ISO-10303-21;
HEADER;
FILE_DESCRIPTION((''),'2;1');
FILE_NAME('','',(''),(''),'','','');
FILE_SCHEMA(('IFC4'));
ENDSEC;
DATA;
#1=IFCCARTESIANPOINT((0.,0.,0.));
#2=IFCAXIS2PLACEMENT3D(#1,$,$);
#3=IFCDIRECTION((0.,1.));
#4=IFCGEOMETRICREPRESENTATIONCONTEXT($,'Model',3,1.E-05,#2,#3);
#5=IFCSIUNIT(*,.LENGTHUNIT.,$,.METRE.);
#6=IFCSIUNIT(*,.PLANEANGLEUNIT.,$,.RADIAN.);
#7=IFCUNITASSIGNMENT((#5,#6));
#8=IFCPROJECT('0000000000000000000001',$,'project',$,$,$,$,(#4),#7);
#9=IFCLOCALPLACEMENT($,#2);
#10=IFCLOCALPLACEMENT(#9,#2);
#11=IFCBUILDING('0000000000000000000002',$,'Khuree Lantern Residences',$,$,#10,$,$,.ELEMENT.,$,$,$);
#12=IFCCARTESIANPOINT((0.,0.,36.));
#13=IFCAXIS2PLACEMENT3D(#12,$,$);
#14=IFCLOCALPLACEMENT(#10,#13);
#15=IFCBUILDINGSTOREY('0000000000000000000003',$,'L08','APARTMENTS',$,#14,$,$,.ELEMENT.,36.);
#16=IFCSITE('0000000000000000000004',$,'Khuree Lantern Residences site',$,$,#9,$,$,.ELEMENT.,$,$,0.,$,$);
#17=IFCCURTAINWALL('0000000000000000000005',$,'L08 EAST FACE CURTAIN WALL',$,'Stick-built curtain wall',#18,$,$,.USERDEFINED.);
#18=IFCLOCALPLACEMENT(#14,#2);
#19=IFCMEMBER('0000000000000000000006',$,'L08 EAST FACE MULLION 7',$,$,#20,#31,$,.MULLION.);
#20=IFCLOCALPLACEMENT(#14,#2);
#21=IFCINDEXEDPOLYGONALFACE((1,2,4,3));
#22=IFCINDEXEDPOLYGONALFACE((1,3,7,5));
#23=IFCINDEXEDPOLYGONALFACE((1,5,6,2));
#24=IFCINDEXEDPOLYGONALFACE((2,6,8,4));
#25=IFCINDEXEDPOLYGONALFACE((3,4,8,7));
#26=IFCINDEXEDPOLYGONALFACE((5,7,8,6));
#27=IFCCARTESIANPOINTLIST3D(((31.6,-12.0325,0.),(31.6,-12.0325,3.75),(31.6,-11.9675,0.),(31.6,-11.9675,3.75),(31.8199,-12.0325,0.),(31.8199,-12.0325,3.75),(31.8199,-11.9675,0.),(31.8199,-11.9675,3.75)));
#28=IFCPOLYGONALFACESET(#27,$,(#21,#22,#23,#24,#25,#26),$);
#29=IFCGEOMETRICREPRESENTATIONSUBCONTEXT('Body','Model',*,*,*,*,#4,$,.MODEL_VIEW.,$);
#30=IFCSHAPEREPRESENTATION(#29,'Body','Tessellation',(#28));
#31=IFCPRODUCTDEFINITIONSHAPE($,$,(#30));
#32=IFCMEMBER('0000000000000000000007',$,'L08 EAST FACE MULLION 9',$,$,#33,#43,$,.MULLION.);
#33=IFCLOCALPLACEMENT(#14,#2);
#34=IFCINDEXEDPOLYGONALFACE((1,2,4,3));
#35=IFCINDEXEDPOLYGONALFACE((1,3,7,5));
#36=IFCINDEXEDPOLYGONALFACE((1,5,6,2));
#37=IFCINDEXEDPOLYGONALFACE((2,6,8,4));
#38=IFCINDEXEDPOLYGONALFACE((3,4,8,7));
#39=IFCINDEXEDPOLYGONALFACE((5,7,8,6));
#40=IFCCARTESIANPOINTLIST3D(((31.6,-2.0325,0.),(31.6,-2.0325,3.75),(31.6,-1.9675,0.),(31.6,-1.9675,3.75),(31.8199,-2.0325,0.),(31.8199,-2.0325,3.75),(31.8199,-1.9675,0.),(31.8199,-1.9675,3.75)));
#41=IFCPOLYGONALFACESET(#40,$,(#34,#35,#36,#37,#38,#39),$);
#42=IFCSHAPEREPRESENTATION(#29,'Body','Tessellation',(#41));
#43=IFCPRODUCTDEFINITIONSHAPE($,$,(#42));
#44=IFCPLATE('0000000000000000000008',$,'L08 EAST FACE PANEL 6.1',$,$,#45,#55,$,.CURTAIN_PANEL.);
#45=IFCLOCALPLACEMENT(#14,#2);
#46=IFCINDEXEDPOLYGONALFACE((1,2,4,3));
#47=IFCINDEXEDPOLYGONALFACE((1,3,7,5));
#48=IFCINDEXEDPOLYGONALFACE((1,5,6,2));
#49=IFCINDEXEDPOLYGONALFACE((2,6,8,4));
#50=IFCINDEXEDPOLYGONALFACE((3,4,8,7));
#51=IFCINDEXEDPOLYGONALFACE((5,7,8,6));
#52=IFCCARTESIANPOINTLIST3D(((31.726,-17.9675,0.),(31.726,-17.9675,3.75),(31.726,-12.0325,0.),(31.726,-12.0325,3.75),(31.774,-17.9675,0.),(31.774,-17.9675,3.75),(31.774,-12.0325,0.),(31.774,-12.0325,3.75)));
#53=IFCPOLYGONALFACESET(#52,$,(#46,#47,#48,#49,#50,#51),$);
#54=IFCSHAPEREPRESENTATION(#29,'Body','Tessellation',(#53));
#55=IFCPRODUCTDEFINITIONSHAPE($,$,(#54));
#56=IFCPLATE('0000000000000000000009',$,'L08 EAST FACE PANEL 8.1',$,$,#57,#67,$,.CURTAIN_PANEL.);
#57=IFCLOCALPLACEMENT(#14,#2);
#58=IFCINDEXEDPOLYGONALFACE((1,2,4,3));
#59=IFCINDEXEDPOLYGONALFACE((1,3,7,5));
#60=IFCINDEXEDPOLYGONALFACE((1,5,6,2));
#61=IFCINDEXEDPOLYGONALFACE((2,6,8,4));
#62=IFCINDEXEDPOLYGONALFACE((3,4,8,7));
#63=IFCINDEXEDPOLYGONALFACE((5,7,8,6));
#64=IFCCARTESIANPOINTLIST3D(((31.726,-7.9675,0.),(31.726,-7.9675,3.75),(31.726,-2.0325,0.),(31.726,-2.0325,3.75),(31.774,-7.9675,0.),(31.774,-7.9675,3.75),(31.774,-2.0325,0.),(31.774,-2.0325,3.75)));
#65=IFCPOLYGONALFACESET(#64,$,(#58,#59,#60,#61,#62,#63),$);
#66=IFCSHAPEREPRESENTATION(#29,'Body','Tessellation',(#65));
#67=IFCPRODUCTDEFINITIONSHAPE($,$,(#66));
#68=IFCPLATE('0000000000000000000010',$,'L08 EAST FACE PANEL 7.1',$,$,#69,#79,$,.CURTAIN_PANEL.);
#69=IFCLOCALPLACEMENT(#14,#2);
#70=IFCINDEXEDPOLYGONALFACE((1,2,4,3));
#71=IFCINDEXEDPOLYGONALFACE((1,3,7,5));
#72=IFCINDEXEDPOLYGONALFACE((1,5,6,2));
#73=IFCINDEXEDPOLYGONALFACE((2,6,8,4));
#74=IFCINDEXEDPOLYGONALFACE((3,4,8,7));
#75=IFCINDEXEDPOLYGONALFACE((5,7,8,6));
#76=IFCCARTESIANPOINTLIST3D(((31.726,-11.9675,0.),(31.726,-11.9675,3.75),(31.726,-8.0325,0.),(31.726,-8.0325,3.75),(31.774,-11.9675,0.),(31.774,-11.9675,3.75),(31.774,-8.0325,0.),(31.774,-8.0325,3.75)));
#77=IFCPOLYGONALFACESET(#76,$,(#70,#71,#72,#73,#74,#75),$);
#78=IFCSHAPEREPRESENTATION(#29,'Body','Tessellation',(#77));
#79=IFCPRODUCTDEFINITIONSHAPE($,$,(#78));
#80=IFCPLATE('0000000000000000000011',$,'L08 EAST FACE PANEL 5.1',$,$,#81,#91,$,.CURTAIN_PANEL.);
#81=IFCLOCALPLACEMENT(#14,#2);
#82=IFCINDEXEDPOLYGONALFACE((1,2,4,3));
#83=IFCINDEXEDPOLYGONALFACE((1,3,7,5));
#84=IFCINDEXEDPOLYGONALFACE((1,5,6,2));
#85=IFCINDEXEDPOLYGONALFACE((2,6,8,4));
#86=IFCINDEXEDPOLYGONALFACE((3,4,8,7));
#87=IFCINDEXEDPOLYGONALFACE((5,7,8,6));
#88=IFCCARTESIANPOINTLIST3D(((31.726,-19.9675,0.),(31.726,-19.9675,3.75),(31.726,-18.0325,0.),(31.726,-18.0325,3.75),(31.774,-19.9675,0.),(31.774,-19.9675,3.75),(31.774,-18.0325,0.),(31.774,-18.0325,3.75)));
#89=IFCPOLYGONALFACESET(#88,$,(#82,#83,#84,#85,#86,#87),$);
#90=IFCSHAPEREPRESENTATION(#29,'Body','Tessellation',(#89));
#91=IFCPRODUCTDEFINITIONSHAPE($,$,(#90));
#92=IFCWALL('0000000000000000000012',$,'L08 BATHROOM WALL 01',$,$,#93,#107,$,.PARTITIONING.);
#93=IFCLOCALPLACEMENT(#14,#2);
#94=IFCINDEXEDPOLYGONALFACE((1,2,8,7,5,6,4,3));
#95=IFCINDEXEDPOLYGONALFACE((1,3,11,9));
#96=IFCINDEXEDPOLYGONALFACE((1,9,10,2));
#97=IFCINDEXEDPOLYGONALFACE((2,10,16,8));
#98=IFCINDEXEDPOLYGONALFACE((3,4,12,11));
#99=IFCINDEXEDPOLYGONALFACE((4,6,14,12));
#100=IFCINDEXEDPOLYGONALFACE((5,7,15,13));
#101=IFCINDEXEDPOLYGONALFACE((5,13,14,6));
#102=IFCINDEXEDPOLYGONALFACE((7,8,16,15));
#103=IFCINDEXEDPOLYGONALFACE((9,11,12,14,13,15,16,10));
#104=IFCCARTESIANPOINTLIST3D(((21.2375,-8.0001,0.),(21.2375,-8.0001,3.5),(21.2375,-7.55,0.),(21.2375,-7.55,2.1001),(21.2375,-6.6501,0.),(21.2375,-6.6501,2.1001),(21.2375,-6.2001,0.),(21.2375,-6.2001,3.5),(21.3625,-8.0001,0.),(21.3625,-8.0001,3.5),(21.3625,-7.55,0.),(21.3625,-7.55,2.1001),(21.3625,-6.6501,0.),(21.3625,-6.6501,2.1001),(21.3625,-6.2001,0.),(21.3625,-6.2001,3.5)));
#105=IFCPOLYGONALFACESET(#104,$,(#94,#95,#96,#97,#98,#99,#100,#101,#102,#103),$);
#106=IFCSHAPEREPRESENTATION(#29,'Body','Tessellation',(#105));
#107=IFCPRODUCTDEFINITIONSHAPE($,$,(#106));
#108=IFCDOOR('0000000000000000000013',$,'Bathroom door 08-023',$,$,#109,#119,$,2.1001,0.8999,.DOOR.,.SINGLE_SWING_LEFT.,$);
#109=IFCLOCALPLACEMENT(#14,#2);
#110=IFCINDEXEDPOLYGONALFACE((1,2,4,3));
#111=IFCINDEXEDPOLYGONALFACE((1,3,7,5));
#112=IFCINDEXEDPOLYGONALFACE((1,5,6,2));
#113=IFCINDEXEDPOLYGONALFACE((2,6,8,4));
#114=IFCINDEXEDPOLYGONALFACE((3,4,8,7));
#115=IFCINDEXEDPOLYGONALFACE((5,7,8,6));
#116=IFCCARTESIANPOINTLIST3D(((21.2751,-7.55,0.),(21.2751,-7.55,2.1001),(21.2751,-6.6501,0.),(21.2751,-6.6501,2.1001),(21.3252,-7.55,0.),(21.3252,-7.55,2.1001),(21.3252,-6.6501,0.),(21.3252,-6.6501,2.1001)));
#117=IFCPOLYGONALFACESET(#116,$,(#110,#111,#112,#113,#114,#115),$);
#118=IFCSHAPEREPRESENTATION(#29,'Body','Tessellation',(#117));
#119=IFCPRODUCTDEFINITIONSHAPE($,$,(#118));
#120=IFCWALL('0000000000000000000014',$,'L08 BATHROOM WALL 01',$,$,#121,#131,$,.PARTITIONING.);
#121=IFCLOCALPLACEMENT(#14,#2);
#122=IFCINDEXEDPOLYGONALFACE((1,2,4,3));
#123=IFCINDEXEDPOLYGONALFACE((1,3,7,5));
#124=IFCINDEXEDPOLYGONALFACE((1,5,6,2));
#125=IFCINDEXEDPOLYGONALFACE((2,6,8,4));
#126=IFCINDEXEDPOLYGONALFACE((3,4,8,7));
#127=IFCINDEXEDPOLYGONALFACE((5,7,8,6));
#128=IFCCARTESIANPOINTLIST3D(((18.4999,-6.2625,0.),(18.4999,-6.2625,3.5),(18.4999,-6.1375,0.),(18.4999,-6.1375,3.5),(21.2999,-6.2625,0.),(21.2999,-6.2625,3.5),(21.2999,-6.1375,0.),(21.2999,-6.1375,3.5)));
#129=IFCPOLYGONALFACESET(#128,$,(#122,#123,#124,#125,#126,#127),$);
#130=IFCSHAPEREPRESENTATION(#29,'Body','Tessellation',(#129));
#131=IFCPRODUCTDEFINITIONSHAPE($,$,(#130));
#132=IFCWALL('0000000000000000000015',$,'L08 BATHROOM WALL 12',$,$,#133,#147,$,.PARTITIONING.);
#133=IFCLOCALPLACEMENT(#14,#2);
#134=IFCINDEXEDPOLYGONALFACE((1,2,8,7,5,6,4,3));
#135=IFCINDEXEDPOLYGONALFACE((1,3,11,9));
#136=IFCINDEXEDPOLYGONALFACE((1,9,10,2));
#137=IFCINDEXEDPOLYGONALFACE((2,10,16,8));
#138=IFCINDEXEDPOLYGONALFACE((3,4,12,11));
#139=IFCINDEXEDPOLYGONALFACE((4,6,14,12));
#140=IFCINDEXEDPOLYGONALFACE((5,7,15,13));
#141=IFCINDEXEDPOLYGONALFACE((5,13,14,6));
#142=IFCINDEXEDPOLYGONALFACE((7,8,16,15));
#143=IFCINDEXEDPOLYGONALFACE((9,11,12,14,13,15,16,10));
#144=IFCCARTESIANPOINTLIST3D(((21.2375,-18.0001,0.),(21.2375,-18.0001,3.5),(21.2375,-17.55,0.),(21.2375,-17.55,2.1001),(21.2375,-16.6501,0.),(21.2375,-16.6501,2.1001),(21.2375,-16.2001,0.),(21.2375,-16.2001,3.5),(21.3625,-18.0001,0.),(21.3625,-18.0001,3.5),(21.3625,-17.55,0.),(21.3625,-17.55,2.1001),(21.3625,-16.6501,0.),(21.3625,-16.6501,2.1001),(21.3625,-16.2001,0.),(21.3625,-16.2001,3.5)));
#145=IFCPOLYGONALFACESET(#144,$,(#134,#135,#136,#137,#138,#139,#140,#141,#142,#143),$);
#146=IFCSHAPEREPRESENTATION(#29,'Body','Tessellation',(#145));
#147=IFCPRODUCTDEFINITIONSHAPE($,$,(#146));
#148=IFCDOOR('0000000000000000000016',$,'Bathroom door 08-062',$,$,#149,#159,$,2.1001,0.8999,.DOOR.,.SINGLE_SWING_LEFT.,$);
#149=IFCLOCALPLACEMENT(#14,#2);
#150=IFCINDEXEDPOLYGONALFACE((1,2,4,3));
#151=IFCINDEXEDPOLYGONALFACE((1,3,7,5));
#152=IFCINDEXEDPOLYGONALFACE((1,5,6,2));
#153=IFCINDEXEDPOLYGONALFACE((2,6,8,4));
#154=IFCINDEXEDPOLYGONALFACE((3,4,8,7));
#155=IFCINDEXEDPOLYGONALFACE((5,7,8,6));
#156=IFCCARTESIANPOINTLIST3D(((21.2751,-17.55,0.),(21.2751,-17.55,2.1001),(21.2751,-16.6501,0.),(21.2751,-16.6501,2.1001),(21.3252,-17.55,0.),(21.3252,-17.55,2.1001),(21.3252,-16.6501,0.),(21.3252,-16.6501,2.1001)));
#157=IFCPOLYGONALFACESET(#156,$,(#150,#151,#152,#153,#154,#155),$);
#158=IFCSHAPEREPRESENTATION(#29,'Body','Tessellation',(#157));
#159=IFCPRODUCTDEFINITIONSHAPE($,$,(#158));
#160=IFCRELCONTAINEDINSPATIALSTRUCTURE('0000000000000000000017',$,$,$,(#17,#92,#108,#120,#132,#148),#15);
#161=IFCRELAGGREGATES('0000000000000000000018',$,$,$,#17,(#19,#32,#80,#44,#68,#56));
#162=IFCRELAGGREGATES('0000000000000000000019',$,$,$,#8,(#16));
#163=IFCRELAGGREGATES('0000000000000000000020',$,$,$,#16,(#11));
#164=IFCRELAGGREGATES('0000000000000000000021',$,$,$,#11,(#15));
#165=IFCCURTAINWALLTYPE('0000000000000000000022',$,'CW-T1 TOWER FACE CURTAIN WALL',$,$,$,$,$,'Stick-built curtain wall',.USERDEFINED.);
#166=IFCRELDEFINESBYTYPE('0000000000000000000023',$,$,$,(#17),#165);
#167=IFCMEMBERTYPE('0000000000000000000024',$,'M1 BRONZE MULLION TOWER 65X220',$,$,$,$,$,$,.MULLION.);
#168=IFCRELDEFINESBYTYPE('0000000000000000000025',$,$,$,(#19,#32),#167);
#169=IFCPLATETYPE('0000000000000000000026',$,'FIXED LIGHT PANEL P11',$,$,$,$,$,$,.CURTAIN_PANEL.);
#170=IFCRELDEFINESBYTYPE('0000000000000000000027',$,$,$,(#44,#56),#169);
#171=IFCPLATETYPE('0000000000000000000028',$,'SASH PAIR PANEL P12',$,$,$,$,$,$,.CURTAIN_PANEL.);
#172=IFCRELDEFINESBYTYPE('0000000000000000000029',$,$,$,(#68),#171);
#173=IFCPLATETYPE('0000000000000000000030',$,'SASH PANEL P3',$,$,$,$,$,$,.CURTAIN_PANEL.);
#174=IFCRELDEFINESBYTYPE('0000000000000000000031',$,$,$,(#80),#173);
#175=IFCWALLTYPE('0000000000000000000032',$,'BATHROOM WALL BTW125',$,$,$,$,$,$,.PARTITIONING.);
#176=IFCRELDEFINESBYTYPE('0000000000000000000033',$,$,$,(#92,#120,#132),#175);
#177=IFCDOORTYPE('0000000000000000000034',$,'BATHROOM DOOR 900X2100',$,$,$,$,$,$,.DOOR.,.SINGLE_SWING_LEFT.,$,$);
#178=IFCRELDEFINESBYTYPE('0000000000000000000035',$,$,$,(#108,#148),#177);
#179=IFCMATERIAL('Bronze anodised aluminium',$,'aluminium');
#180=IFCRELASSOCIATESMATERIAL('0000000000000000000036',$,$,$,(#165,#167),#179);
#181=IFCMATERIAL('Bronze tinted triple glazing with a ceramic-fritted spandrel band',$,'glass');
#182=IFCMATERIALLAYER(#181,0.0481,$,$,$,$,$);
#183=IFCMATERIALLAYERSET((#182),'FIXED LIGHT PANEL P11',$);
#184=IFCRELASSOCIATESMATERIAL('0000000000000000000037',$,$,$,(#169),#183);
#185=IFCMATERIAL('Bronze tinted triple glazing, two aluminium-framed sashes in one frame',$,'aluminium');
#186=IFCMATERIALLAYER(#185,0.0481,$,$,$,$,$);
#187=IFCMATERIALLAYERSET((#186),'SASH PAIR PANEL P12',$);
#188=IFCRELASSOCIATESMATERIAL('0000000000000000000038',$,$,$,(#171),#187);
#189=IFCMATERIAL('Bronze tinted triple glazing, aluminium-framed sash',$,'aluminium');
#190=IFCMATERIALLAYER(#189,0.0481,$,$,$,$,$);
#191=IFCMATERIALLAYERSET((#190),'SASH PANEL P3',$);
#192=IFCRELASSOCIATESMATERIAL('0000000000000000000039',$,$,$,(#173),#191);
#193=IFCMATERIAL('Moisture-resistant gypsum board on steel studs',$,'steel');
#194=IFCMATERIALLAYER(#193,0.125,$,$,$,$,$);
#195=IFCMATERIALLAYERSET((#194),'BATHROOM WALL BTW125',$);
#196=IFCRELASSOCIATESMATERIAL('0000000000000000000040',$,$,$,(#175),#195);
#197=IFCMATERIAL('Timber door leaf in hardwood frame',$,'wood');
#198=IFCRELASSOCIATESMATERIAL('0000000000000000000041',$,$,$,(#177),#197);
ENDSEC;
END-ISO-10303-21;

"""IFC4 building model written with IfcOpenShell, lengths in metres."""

from ifc_helpers import new_model, si_unit, direction, frame, frame_2d, origin, origin_2d, place, context, subcontext, project, spatial, rectangle, extrude, material, layer, layer_set, material_profile, profile_set, type_object, element, fill, aggregate, save


model = new_model("IFC4")

# Units and contexts
model_context = context("Model", 3, precision=1e-05, world=origin(), true_north=direction((0.0, 1.0)))
body_context = subcontext(model_context, "Body", "Model", "MODEL_VIEW")
ifc_project = project(units=[si_unit("LENGTHUNIT", "METRE"), si_unit("PLANEANGLEUNIT", "RADIAN")], contexts=[model_context])

# Site, building, storey
site_placement = place(None, origin())
site = spatial("IfcSite", under=ifc_project, at=site_placement, Name="Khuree Lantern Residences site", CompositionType="ELEMENT", RefElevation=0.0)
building_placement = place(site_placement, origin())
building = spatial("IfcBuilding", under=site, at=building_placement, Name="Khuree Lantern Residences", CompositionType="ELEMENT")
storey_placement = place(building_placement, frame((0.0, 0.0, 36.0)))
storey = spatial("IfcBuildingStorey", under=building, at=storey_placement, Name="L08", Description="APARTMENTS", CompositionType="ELEMENT", Elevation=36.0)

# Curtain wall
ifc_material_1 = material(Name="Bronze anodised aluminium", Category="aluminium")
curtain_wall_type = type_object("IfcCurtainWallType", Name="CW-T1 TOWER FACE CURTAIN WALL", ElementType="Stick-built curtain wall", PredefinedType="USERDEFINED", material=ifc_material_1)
curtain_wall_placement = place(storey_placement, origin())
curtain_wall = element("IfcCurtainWall", 1, at=curtain_wall_placement, inside=storey, type_object=curtain_wall_type, Name="L08 EAST FACE CURTAIN WALL", ObjectType="Stick-built curtain wall", PredefinedType="USERDEFINED")

# Members
ifc_material_profile_1 = material_profile(ifc_material_1, rectangle(XDim=0.0649, YDim=0.22, at=origin_2d()), Name="M1 65X220")
ifc_profile_set_1 = profile_set([ifc_material_profile_1], Name="Bronze anodised aluminium")
member_type_1 = type_object("IfcMemberType", Name="M1 BRONZE MULLION TOWER 65X220", PredefinedType="MULLION", material=ifc_profile_set_1)
member_1_placement = place(storey_placement, frame((31.71, -12.0, 0.0), z_axis=(0.0, 0.0, 1.0), x_axis=(0.0, 1.0, 0.0)))
member_1 = element("IfcMember", 2, at=member_1_placement, type_object=member_type_1, Name="L08 EAST FACE MULLION 7", PredefinedType="MULLION", context=body_context, shape_type="SweptSolid", body=[
    extrude(rectangle(XDim=0.0649, YDim=0.22, at=origin_2d()), origin(), (0.0, 0.0, 1.0), 3.75),
])
member_2_placement = place(storey_placement, frame((31.71, -2.0, 0.0), z_axis=(0.0, 0.0, 1.0), x_axis=(0.0, 1.0, 0.0)))
member_2 = element("IfcMember", 3, at=member_2_placement, type_object=member_type_1, Name="L08 EAST FACE MULLION 9", PredefinedType="MULLION", context=body_context, shape_type="SweptSolid", body=[
    extrude(rectangle(XDim=0.0649, YDim=0.22, at=origin_2d()), origin(), (0.0, 0.0, 1.0), 3.75),
])

# Plates
ifc_material_2 = material(Name="Bronze tinted triple glazing with a ceramic-fritted spandrel band", Category="glass")
ifc_layer_1 = layer(ifc_material_2, 0.0481)
ifc_layer_set_1 = layer_set([ifc_layer_1], Name="FIXED LIGHT PANEL P11")
plate_type_1 = type_object("IfcPlateType", Name="FIXED LIGHT PANEL P11", PredefinedType="CURTAIN_PANEL", material=ifc_layer_set_1)
plate_1_placement = place(storey_placement, frame((31.75, -15.0, 0.0), z_axis=(0.0, 0.0, 1.0), x_axis=(0.0, 1.0, 0.0)))
plate_1 = element("IfcPlate", 4, at=plate_1_placement, type_object=plate_type_1, Name="L08 EAST FACE PANEL 6.1", PredefinedType="CURTAIN_PANEL", context=body_context, shape_type="SweptSolid", body=[
    extrude(rectangle(XDim=5.9351, YDim=0.0481, at=origin_2d()), origin(), (0.0, 0.0, 1.0), 3.75),
])
plate_2_placement = place(storey_placement, frame((31.75, -5.0, 0.0), z_axis=(0.0, 0.0, 1.0), x_axis=(0.0, 1.0, 0.0)))
plate_2 = element("IfcPlate", 5, at=plate_2_placement, type_object=plate_type_1, Name="L08 EAST FACE PANEL 8.1", PredefinedType="CURTAIN_PANEL", context=body_context, shape_type="SweptSolid", body=[
    extrude(rectangle(XDim=5.9351, YDim=0.0481, at=origin_2d()), origin(), (0.0, 0.0, 1.0), 3.75),
])
ifc_material_3 = material(Name="Bronze tinted triple glazing, two aluminium-framed sashes in one frame", Category="aluminium")
ifc_layer_2 = layer(ifc_material_3, 0.0481)
ifc_layer_set_2 = layer_set([ifc_layer_2], Name="SASH PAIR PANEL P12")
plate_type_2 = type_object("IfcPlateType", Name="SASH PAIR PANEL P12", PredefinedType="CURTAIN_PANEL", material=ifc_layer_set_2)
plate_3_placement = place(storey_placement, frame((31.75, -10.0, 0.0), z_axis=(0.0, 0.0, 1.0), x_axis=(0.0, 1.0, 0.0)))
plate_3 = element("IfcPlate", 6, at=plate_3_placement, type_object=plate_type_2, Name="L08 EAST FACE PANEL 7.1", PredefinedType="CURTAIN_PANEL", context=body_context, shape_type="SweptSolid", body=[
    extrude(rectangle(XDim=3.9351, YDim=0.0481, at=origin_2d()), origin(), (0.0, 0.0, 1.0), 3.75),
])
ifc_material_4 = material(Name="Bronze tinted triple glazing, aluminium-framed sash", Category="aluminium")
ifc_layer_3 = layer(ifc_material_4, 0.0481)
ifc_layer_set_3 = layer_set([ifc_layer_3], Name="SASH PANEL P3")
plate_type_3 = type_object("IfcPlateType", Name="SASH PANEL P3", PredefinedType="CURTAIN_PANEL", material=ifc_layer_set_3)
plate_4_placement = place(storey_placement, frame((31.75, -19.0, 0.0), z_axis=(0.0, 0.0, 1.0), x_axis=(0.0, 1.0, 0.0)))
plate_4 = element("IfcPlate", 7, at=plate_4_placement, type_object=plate_type_3, Name="L08 EAST FACE PANEL 5.1", PredefinedType="CURTAIN_PANEL", context=body_context, shape_type="SweptSolid", body=[
    extrude(rectangle(XDim=1.9351, YDim=0.0481, at=origin_2d()), origin(), (0.0, 0.0, 1.0), 3.75),
])
aggregate(curtain_wall, [member_1, member_2, plate_4, plate_1, plate_3, plate_2])

# Wall, opening, door
ifc_material_5 = material(Name="Moisture-resistant gypsum board on steel studs", Category="steel")
ifc_layer_4 = layer(ifc_material_5, 0.125)
ifc_layer_set_4 = layer_set([ifc_layer_4], Name="BATHROOM WALL BTW125")
wall_type_1 = type_object("IfcWallType", Name="BATHROOM WALL BTW125", PredefinedType="PARTITIONING", material=ifc_layer_set_4)
wall_1_placement = place(storey_placement, frame((21.3, -8.0, 0.0), z_axis=(0.0, 0.0, 1.0), x_axis=(0.0, 1.0, 0.0)))
wall_1 = element("IfcWall", 8, at=wall_1_placement, inside=storey, type_object=wall_type_1, Name="L08 BATHROOM WALL 01", PredefinedType="PARTITIONING", context=body_context, shape_type="SweptSolid", body=[
    extrude(rectangle(XDim=1.8, YDim=0.125, at=frame_2d((0.8999, 0.0))), origin(), (0.0, 0.0, 1.0), 3.5),
])
opening_1_placement = place(wall_1_placement, frame((0.45, 0.0, 0.0)))
opening_1 = element("IfcOpeningElement", 9, at=opening_1_placement, cuts=wall_1, PredefinedType="OPENING", context=body_context, shape_type="SweptSolid", body=[
    extrude(rectangle(XDim=0.8999, YDim=2.1001, at=frame_2d((0.45, 1.05))), frame((0.0, 0.0725, 0.0), z_axis=(0.0, -1.0, 0.0), x_axis=(1.0, 0.0, 0.0)), (0.0, 0.0, 1.0), 0.145),
])
ifc_material_6 = material(Name="Timber door leaf in hardwood frame", Category="wood")
door_type_1 = type_object("IfcDoorType", Name="BATHROOM DOOR 900X2100", OperationType="SINGLE_SWING_LEFT", PredefinedType="DOOR", material=ifc_material_6)
door_1_placement = place(opening_1_placement, origin())
door_1 = element("IfcDoor", 10, at=door_1_placement, inside=storey, type_object=door_type_1, Name="Bathroom door 08-023", OperationType="SINGLE_SWING_LEFT", OverallHeight=2.1001, OverallWidth=0.8999, PredefinedType="DOOR", context=body_context, shape_type="SweptSolid", body=[
    extrude(rectangle(XDim=0.8999, YDim=2.1001, at=frame_2d((0.45, 1.05))), frame((0.0, 0.0249, 0.0), z_axis=(0.0, -1.0, 0.0), x_axis=(1.0, 0.0, 0.0)), (0.0, 0.0, 1.0), 0.05),
])
fill(opening_1, door_1)

# Wall
wall_2_placement = place(storey_placement, frame((18.5, -6.2, 0.0), z_axis=(0.0, 0.0, 1.0), x_axis=(1.0, 0.0, 0.0)))
element("IfcWall", 11, at=wall_2_placement, inside=storey, type_object=wall_type_1, Name="L08 BATHROOM WALL 01", PredefinedType="PARTITIONING", context=body_context, shape_type="SweptSolid", body=[
    extrude(rectangle(XDim=2.8, YDim=0.125, at=frame_2d((1.3999, 0.0))), origin(), (0.0, 0.0, 1.0), 3.5),
])

# Wall, opening, door
wall_3_placement = place(storey_placement, frame((21.3, -18.0, 0.0), z_axis=(0.0, 0.0, 1.0), x_axis=(0.0, 1.0, 0.0)))
wall_3 = element("IfcWall", 12, at=wall_3_placement, inside=storey, type_object=wall_type_1, Name="L08 BATHROOM WALL 12", PredefinedType="PARTITIONING", context=body_context, shape_type="SweptSolid", body=[
    extrude(rectangle(XDim=1.8, YDim=0.125, at=frame_2d((0.8999, 0.0))), origin(), (0.0, 0.0, 1.0), 3.5),
])
opening_2_placement = place(wall_3_placement, frame((0.45, 0.0, 0.0)))
opening_2 = element("IfcOpeningElement", 13, at=opening_2_placement, cuts=wall_3, PredefinedType="OPENING", context=body_context, shape_type="SweptSolid", body=[
    extrude(rectangle(XDim=0.8999, YDim=2.1001, at=frame_2d((0.45, 1.05))), frame((0.0, 0.0725, 0.0), z_axis=(0.0, -1.0, 0.0), x_axis=(1.0, 0.0, 0.0)), (0.0, 0.0, 1.0), 0.145),
])
door_2_placement = place(opening_2_placement, origin())
door_2 = element("IfcDoor", 14, at=door_2_placement, inside=storey, type_object=door_type_1, Name="Bathroom door 08-062", OperationType="SINGLE_SWING_LEFT", OverallHeight=2.1001, OverallWidth=0.8999, PredefinedType="DOOR", context=body_context, shape_type="SweptSolid", body=[
    extrude(rectangle(XDim=0.8999, YDim=2.1001, at=frame_2d((0.45, 1.05))), frame((0.0, 0.0249, 0.0), z_axis=(0.0, -1.0, 0.0), x_axis=(1.0, 0.0, 0.0)), (0.0, 0.0, 1.0), 0.05),
])
fill(opening_2, door_2)

save(model, "model.ifc")
